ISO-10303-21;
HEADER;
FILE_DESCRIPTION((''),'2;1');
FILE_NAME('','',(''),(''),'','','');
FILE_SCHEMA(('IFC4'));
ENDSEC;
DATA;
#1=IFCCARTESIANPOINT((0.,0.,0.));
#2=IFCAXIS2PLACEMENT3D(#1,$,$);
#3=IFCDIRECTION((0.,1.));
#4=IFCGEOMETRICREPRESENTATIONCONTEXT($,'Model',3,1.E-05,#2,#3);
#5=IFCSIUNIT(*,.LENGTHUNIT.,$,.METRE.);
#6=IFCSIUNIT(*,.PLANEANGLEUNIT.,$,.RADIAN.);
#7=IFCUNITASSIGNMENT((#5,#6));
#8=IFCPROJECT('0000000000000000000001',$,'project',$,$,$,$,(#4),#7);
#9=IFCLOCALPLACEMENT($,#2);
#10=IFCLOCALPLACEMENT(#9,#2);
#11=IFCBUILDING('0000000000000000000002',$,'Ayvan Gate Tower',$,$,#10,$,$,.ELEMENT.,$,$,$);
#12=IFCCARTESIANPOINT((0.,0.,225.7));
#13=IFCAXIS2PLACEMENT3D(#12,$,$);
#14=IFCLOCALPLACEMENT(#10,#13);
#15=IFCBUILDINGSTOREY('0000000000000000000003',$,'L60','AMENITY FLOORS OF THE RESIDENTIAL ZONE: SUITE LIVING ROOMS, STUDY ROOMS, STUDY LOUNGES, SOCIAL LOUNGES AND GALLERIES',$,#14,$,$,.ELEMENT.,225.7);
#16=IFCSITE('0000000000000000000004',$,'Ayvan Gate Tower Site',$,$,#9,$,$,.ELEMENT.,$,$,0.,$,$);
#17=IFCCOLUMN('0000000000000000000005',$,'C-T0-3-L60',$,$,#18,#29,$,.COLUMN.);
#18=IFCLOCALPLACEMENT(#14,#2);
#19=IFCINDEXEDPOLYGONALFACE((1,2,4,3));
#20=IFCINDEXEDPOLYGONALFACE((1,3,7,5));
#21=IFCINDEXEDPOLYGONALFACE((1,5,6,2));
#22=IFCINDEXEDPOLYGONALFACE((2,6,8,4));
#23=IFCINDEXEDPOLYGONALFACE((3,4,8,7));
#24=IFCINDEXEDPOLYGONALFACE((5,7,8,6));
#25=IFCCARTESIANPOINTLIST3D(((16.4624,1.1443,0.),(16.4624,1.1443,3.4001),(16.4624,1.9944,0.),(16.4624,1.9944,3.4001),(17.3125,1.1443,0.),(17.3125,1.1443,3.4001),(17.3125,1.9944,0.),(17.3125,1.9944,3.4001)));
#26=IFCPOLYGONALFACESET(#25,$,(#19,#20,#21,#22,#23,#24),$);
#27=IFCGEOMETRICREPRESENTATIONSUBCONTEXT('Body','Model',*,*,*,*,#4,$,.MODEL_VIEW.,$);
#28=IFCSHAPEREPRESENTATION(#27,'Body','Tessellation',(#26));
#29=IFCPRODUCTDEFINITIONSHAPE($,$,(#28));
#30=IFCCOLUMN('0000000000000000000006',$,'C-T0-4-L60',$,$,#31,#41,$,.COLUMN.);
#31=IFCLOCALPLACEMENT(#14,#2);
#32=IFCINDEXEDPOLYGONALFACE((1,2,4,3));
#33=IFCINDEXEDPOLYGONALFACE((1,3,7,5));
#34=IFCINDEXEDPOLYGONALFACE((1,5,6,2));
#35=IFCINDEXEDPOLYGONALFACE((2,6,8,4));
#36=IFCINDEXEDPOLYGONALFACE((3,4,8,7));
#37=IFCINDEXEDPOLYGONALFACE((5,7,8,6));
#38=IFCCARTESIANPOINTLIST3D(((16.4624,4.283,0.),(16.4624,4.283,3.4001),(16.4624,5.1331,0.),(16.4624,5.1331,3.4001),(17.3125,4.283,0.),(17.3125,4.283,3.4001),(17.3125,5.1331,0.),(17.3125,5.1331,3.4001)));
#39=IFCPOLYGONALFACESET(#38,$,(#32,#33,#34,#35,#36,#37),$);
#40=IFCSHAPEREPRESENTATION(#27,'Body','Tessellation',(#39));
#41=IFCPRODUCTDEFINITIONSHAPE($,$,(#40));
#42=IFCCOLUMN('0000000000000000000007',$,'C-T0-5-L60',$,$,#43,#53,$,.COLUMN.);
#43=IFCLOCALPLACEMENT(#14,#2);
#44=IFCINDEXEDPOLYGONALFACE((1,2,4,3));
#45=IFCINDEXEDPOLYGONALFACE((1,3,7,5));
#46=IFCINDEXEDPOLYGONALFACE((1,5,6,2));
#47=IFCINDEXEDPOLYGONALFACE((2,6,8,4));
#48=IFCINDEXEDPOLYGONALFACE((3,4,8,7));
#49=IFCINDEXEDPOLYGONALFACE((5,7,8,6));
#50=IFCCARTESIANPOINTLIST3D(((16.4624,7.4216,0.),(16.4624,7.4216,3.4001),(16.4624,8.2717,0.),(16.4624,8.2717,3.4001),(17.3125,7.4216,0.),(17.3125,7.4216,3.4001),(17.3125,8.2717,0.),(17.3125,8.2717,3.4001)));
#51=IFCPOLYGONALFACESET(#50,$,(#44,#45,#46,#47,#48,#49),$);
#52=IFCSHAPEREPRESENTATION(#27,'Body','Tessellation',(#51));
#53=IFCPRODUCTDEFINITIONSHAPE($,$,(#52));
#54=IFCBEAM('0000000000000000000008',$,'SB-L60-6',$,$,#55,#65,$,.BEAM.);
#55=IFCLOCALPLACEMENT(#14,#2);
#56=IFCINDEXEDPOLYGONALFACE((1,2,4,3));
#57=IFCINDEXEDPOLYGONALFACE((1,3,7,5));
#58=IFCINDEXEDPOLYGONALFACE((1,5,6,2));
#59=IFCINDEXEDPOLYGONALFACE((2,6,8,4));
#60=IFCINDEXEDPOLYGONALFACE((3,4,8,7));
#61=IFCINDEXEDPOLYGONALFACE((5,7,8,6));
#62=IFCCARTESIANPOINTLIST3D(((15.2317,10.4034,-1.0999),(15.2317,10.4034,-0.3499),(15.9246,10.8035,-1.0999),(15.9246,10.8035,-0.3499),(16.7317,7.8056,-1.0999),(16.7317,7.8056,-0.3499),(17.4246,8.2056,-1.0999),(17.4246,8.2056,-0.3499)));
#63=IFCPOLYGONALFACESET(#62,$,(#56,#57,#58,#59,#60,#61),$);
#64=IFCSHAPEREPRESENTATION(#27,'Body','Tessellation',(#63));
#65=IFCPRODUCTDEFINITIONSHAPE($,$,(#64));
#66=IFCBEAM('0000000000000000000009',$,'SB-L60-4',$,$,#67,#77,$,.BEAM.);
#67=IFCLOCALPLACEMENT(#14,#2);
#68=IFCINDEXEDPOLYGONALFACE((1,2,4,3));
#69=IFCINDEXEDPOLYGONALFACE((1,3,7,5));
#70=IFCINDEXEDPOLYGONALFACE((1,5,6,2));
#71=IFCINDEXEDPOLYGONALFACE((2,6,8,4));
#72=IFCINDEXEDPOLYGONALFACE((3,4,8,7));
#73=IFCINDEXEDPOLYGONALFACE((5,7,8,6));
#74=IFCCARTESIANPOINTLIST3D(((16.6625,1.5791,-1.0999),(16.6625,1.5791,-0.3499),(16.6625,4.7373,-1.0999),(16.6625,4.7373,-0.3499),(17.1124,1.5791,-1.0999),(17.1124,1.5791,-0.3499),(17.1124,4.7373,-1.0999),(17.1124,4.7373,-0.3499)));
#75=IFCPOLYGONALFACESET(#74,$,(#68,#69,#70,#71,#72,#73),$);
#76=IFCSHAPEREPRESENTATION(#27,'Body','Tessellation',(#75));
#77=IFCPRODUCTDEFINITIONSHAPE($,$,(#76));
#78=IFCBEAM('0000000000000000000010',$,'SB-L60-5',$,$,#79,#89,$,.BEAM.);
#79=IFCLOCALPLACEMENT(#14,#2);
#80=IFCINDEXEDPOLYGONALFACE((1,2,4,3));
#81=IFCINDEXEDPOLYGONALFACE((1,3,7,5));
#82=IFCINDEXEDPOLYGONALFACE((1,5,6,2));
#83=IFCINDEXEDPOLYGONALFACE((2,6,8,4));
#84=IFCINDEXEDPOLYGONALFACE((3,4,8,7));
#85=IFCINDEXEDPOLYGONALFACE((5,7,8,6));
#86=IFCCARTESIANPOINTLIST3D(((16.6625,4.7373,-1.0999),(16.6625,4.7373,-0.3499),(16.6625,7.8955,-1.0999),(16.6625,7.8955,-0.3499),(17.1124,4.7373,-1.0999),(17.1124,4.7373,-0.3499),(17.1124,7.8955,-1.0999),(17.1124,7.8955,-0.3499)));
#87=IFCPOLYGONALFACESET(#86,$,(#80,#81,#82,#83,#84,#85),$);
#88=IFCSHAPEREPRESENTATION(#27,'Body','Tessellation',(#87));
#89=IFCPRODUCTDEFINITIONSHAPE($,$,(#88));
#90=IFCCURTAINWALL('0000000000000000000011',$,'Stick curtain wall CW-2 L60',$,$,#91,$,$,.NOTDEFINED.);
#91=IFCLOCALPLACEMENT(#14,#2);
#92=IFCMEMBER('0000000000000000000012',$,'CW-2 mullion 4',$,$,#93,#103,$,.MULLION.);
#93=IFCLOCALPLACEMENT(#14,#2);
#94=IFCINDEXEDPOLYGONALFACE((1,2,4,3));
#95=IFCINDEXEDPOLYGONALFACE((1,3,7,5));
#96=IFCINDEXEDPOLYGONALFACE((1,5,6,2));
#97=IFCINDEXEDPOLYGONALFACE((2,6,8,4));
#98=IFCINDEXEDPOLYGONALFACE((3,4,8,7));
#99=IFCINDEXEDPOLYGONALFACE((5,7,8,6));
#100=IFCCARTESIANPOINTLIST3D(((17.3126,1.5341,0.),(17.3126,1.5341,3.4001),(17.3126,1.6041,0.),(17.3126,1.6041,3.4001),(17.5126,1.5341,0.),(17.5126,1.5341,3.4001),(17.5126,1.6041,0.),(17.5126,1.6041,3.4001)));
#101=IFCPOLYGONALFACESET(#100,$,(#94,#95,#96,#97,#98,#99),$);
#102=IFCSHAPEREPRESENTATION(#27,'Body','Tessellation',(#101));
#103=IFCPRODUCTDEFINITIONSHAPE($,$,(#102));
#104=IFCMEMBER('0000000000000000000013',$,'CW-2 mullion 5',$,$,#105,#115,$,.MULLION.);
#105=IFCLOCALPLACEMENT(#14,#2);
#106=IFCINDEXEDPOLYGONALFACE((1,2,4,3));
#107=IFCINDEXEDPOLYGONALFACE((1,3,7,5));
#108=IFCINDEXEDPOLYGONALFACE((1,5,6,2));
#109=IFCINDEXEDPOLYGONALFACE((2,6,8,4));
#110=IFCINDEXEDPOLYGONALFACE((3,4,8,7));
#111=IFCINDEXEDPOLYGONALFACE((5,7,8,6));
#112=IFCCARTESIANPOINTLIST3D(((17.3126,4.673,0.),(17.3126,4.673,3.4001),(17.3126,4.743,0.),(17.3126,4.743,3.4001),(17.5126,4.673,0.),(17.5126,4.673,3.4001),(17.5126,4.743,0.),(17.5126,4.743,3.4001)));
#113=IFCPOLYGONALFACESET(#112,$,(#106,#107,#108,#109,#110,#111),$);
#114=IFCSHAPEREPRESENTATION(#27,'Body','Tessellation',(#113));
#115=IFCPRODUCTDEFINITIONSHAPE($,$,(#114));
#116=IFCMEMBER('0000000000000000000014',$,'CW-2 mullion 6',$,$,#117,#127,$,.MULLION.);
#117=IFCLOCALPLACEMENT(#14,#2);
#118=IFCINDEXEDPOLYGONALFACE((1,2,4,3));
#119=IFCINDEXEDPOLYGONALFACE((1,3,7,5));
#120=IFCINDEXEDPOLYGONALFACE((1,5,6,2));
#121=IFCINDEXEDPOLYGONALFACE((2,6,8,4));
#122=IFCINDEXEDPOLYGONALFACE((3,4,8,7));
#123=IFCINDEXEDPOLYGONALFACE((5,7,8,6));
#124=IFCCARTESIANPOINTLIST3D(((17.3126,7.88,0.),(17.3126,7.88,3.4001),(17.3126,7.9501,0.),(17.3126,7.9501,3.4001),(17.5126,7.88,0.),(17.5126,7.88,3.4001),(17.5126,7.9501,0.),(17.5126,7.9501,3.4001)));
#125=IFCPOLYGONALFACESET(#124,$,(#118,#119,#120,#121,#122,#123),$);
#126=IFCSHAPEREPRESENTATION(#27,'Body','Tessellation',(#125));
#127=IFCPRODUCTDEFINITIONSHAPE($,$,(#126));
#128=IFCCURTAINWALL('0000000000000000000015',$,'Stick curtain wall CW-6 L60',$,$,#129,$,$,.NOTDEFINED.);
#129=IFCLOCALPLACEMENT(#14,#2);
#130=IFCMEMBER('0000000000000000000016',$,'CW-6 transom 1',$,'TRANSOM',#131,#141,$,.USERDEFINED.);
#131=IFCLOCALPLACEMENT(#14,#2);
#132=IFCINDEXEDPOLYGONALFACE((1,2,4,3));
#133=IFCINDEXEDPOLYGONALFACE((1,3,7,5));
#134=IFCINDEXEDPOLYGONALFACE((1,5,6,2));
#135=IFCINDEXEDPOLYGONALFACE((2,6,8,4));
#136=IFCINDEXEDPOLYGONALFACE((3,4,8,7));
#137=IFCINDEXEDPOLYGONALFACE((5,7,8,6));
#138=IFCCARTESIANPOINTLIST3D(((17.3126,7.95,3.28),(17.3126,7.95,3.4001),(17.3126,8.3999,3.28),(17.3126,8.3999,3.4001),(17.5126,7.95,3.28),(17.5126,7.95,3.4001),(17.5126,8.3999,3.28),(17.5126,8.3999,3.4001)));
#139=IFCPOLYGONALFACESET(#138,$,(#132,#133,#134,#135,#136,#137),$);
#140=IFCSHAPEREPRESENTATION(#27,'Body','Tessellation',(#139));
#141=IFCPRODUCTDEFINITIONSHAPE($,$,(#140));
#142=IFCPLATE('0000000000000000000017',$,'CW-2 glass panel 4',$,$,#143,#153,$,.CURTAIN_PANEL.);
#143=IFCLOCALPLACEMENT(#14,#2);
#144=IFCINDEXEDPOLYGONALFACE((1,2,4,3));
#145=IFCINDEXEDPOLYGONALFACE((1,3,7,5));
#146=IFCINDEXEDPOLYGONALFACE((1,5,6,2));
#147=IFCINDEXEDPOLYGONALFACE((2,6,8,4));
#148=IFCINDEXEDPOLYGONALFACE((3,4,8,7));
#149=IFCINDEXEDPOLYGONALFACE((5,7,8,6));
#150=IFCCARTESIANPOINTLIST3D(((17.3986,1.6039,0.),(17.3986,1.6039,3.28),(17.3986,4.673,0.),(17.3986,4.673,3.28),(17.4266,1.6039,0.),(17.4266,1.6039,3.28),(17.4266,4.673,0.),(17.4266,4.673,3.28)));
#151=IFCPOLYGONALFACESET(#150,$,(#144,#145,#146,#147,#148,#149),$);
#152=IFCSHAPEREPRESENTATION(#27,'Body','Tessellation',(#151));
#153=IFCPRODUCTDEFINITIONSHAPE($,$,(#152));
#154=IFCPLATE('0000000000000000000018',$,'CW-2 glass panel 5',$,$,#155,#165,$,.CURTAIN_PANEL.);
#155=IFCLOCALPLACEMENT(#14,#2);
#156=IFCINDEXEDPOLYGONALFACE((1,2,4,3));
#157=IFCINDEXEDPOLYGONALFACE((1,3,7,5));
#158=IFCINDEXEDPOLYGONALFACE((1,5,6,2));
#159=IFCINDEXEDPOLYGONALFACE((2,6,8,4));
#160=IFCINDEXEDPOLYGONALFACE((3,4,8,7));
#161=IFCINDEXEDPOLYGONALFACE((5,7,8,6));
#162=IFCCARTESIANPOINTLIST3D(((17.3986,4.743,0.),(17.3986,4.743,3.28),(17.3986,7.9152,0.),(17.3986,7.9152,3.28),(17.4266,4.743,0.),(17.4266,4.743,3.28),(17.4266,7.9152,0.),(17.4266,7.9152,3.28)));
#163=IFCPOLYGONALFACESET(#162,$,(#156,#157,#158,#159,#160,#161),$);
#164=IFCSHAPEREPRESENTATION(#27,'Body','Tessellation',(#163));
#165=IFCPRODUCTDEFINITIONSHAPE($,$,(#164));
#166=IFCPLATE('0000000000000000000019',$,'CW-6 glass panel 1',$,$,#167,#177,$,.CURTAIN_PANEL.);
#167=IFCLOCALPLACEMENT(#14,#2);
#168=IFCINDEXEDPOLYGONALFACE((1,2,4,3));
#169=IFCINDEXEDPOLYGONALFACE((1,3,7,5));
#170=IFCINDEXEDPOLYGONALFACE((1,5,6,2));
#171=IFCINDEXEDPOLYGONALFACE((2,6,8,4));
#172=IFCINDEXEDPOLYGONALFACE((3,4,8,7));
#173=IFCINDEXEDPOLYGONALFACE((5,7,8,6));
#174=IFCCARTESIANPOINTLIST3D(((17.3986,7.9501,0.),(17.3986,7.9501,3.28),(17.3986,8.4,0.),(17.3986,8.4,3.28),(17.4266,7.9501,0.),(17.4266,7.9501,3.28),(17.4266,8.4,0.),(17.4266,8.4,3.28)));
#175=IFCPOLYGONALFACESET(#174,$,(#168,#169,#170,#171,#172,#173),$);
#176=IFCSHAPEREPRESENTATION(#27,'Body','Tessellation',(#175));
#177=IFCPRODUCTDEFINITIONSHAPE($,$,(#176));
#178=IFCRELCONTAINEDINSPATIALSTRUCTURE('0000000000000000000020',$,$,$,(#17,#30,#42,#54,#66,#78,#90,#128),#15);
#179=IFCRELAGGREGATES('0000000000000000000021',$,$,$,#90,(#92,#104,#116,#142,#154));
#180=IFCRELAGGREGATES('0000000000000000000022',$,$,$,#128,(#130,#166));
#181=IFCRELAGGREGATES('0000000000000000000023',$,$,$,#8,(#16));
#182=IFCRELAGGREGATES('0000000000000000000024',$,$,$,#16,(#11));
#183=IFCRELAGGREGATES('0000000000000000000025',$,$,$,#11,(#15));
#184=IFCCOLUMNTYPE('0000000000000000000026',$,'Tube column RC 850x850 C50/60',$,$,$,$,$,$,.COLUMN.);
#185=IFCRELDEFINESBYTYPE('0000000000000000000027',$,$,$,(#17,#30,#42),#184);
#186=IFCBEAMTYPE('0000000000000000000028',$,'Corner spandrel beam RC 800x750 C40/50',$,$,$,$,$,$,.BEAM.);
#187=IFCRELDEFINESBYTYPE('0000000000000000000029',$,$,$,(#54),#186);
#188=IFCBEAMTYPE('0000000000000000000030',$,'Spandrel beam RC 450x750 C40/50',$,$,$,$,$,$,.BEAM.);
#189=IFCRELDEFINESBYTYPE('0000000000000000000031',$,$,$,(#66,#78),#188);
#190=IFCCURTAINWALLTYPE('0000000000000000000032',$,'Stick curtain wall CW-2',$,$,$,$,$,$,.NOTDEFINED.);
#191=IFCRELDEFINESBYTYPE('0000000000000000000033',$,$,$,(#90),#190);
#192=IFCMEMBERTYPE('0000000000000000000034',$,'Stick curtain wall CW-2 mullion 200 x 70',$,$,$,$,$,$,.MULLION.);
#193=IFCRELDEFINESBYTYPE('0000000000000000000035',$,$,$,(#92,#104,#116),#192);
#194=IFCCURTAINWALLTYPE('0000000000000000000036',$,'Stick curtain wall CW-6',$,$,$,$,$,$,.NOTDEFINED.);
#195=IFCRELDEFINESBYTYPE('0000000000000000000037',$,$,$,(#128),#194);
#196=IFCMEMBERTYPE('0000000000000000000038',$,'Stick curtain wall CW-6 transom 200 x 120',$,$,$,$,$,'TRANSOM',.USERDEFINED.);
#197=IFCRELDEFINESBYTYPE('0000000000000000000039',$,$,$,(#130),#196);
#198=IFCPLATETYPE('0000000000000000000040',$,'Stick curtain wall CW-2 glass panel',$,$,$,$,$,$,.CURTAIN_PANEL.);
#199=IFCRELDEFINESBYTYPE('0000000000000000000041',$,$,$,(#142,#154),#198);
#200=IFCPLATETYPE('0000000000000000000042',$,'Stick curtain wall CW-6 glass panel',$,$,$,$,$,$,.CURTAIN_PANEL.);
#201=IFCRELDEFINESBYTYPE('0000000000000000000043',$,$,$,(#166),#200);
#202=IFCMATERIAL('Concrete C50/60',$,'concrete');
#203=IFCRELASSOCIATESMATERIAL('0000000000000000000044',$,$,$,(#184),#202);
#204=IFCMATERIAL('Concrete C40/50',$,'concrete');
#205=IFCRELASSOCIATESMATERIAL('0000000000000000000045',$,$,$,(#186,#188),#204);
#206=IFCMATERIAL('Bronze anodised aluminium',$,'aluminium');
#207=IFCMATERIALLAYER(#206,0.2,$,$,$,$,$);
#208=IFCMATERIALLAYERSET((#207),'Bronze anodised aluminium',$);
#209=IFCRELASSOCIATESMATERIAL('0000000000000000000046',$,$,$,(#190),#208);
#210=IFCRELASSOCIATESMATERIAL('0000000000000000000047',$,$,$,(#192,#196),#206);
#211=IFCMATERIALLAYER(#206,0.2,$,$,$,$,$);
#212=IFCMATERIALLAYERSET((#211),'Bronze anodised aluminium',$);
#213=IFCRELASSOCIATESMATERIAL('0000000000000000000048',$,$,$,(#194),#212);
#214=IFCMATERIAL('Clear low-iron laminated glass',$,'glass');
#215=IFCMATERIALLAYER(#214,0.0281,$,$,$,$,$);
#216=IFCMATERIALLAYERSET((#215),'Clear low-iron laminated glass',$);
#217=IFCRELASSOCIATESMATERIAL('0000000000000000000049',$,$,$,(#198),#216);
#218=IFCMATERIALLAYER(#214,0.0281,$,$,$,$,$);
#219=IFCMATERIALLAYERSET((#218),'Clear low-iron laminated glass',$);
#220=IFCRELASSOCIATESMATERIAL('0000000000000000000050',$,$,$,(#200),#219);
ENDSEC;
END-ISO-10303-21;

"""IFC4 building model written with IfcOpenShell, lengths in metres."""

from ifc_helpers import new_model, si_unit, direction, frame, origin, origin_2d, place, context, subcontext, project, spatial, rectangle, extrude, material, layer, layer_set, material_profile, profile_set, type_object, element, aggregate, save


model = new_model("IFC4")

# Units and contexts
model_context = context("Model", 3, precision=1e-05, world=origin(), true_north=direction((0.0, 1.0)))
body_context = subcontext(model_context, "Body", "Model", "MODEL_VIEW")
ifc_project = project(units=[si_unit("LENGTHUNIT", "METRE"), si_unit("PLANEANGLEUNIT", "RADIAN")], contexts=[model_context])

# Site, building, storey
site_placement = place(None, origin())
site = spatial("IfcSite", under=ifc_project, at=site_placement, Name="Ayvan Gate Tower Site", CompositionType="ELEMENT", RefElevation=0.0)
building_placement = place(site_placement, origin())
building = spatial("IfcBuilding", under=site, at=building_placement, Name="Ayvan Gate Tower", CompositionType="ELEMENT")
storey_placement = place(building_placement, frame((0.0, 0.0, 225.7)))
storey = spatial("IfcBuildingStorey", under=building, at=storey_placement, Name="L60", Description="AMENITY FLOORS OF THE RESIDENTIAL ZONE: SUITE LIVING ROOMS, STUDY ROOMS, STUDY LOUNGES, SOCIAL LOUNGES AND GALLERIES", CompositionType="ELEMENT", Elevation=225.7)

# Columns
ifc_material_1 = material(Name="Concrete C50/60", Category="concrete")
ifc_material_profile_1 = material_profile(ifc_material_1, rectangle(XDim=0.8501, YDim=0.8501, at=origin_2d()), Name="RC 850x850")
ifc_profile_set_1 = profile_set([ifc_material_profile_1], Name="Concrete C50/60")
column_type = type_object("IfcColumnType", Name="Tube column RC 850x850 C50/60", PredefinedType="COLUMN", material=ifc_profile_set_1)
for number, where, z_axis, x_axis, name in (
    (1, (16.8875, 1.5693, 0.0), (0.0, 0.0, 1.0), (1.0, 0.0, 0.0), "C-T0-3-L60"),
    (2, (16.8875, 4.708, 0.0), (0.0, 0.0, 1.0), (1.0, 0.0, 0.0), "C-T0-4-L60"),
    (3, (16.8875, 7.8467, 0.0), (0.0, 0.0, 1.0), (1.0, 0.0, 0.0), "C-T0-5-L60"),
):
    element("IfcColumn", number, at=place(storey_placement, frame(where, z_axis=z_axis, x_axis=x_axis)), inside=storey, type_object=column_type, Name=name, PredefinedType="COLUMN", context=body_context, shape_type="SweptSolid", body=[
        extrude(rectangle(XDim=0.8501, YDim=0.8501, at=origin_2d()), origin(), (0.0, 0.0, 1.0), 3.4001),
    ])

# Beams
ifc_material_2 = material(Name="Concrete C40/50", Category="concrete")
ifc_material_profile_2 = material_profile(ifc_material_2, rectangle(XDim=0.8, YDim=0.75, at=origin_2d()), Name="RC 800x750")
ifc_profile_set_2 = profile_set([ifc_material_profile_2], Name="Concrete C40/50")
beam_type_1 = type_object("IfcBeamType", Name="Corner spandrel beam RC 800x750 C40/50", PredefinedType="BEAM", material=ifc_profile_set_2)
beam_placement = place(storey_placement, frame((17.0781, 8.0056, -0.7249), z_axis=(-0.500025, 0.866011, 0.0), x_axis=(-0.866011, -0.500025, 0.0)))
element("IfcBeam", 4, at=beam_placement, inside=storey, type_object=beam_type_1, Name="SB-L60-6", PredefinedType="BEAM", context=body_context, shape_type="SweptSolid", body=[
    extrude(rectangle(XDim=0.8, YDim=0.75, at=origin_2d()), origin(), (0.0, 0.0, 1.0), 2.9998),
])
ifc_material_profile_3 = material_profile(ifc_material_2, rectangle(XDim=0.45, YDim=0.75, at=origin_2d()), Name="RC 450x750")
ifc_profile_set_3 = profile_set([ifc_material_profile_3], Name="Concrete C40/50")
beam_type_2 = type_object("IfcBeamType", Name="Spandrel beam RC 450x750 C40/50", PredefinedType="BEAM", material=ifc_profile_set_3)
for number, where, z_axis, x_axis, name in (
    (5, (16.8875, 1.5791, -0.7249), (0.0, 1.0, 0.0), (-1.0, 0.0, 0.0), "SB-L60-4"),
    (6, (16.8875, 4.7373, -0.7249), (0.0, 1.0, 0.0), (-1.0, 0.0, 0.0), "SB-L60-5"),
):
    element("IfcBeam", number, at=place(storey_placement, frame(where, z_axis=z_axis, x_axis=x_axis)), inside=storey, type_object=beam_type_2, Name=name, PredefinedType="BEAM", context=body_context, shape_type="SweptSolid", body=[
        extrude(rectangle(XDim=0.45, YDim=0.75, at=origin_2d()), origin(), (0.0, 0.0, 1.0), 3.1582),
    ])

# Curtain wall, members
ifc_material_3 = material(Name="Bronze anodised aluminium", Category="aluminium")
ifc_layer_1 = layer(ifc_material_3, 0.2)
ifc_layer_set_1 = layer_set([ifc_layer_1], Name="Bronze anodised aluminium")
curtain_wall_type_1 = type_object("IfcCurtainWallType", Name="Stick curtain wall CW-2", PredefinedType="NOTDEFINED", material=ifc_layer_set_1)
curtain_wall_1_placement = place(storey_placement, origin())
curtain_wall_1 = element("IfcCurtainWall", 7, at=curtain_wall_1_placement, inside=storey, type_object=curtain_wall_type_1, Name="Stick curtain wall CW-2 L60", PredefinedType="NOTDEFINED")
ifc_material_profile_4 = material_profile(ifc_material_3, rectangle(XDim=0.2, YDim=0.0701, at=origin_2d()), Name="Stick curtain wall CW-2 mullion 200 x 70")
ifc_profile_set_4 = profile_set([ifc_material_profile_4], Name="Bronze anodised aluminium")
member_type_1 = type_object("IfcMemberType", Name="Stick curtain wall CW-2 mullion 200 x 70", PredefinedType="MULLION", material=ifc_profile_set_4)
member_1_placement = place(storey_placement, frame((17.4126, 1.5691, 0.0), z_axis=(0.0, 0.0, 1.0), x_axis=(1.0, 0.0, 0.0)))
member_1 = element("IfcMember", 8, at=member_1_placement, type_object=member_type_1, Name="CW-2 mullion 4", PredefinedType="MULLION", context=body_context, shape_type="SweptSolid", body=[
    extrude(rectangle(XDim=0.2, YDim=0.0701, at=origin_2d()), origin(), (0.0, 0.0, 1.0), 3.4001),
])
member_2_placement = place(storey_placement, frame((17.4126, 4.708, 0.0), z_axis=(0.0, 0.0, 1.0), x_axis=(1.0, 0.0, 0.0)))
member_2 = element("IfcMember", 9, at=member_2_placement, type_object=member_type_1, Name="CW-2 mullion 5", PredefinedType="MULLION", context=body_context, shape_type="SweptSolid", body=[
    extrude(rectangle(XDim=0.2, YDim=0.0701, at=origin_2d()), origin(), (0.0, 0.0, 1.0), 3.4001),
])
member_3_placement = place(storey_placement, frame((17.4126, 7.915, 0.0), z_axis=(0.0, 0.0, 1.0), x_axis=(1.0, 0.0, 0.0)))
member_3 = element("IfcMember", 10, at=member_3_placement, type_object=member_type_1, Name="CW-2 mullion 6", PredefinedType="MULLION", context=body_context, shape_type="SweptSolid", body=[
    extrude(rectangle(XDim=0.2, YDim=0.0701, at=origin_2d()), origin(), (0.0, 0.0, 1.0), 3.4001),
])

# Curtain wall, member
ifc_layer_2 = layer(ifc_material_3, 0.2)
ifc_layer_set_2 = layer_set([ifc_layer_2], Name="Bronze anodised aluminium")
curtain_wall_type_2 = type_object("IfcCurtainWallType", Name="Stick curtain wall CW-6", PredefinedType="NOTDEFINED", material=ifc_layer_set_2)
curtain_wall_2_placement = place(storey_placement, origin())
curtain_wall_2 = element("IfcCurtainWall", 11, at=curtain_wall_2_placement, inside=storey, type_object=curtain_wall_type_2, Name="Stick curtain wall CW-6 L60", PredefinedType="NOTDEFINED")
ifc_material_profile_5 = material_profile(ifc_material_3, rectangle(XDim=0.2, YDim=0.1201, at=origin_2d()), Name="Stick curtain wall CW-6 transom 200 x 120")
ifc_profile_set_5 = profile_set([ifc_material_profile_5], Name="Bronze anodised aluminium")
member_type_2 = type_object("IfcMemberType", Name="Stick curtain wall CW-6 transom 200 x 120", ElementType="TRANSOM", PredefinedType="USERDEFINED", material=ifc_profile_set_5)
member_4_placement = place(storey_placement, frame((17.4126, 7.95, 3.3401), z_axis=(0.0, 1.0, 0.0), x_axis=(-1.0, 0.0, 0.0)))
member_4 = element("IfcMember", 12, at=member_4_placement, type_object=member_type_2, Name="CW-6 transom 1", ObjectType="TRANSOM", PredefinedType="USERDEFINED", context=body_context, shape_type="SweptSolid", body=[
    extrude(rectangle(XDim=0.2, YDim=0.1201, at=origin_2d()), origin(), (0.0, 0.0, 1.0), 0.45),
])

# Plates
ifc_material_4 = material(Name="Clear low-iron laminated glass", Category="glass")
ifc_layer_3 = layer(ifc_material_4, 0.0281)
ifc_layer_set_3 = layer_set([ifc_layer_3], Name="Clear low-iron laminated glass")
plate_type_1 = type_object("IfcPlateType", Name="Stick curtain wall CW-2 glass panel", PredefinedType="CURTAIN_PANEL", material=ifc_layer_set_3)
plate_1_placement = place(storey_placement, frame((17.4126, 3.1384, 0.0), z_axis=(0.0, 0.0, 1.0), x_axis=(0.0, 1.0, 0.0)))
plate_1 = element("IfcPlate", 13, at=plate_1_placement, type_object=plate_type_1, Name="CW-2 glass panel 4", PredefinedType="CURTAIN_PANEL", context=body_context, shape_type="SweptSolid", body=[
    extrude(rectangle(XDim=3.0691, YDim=0.0281, at=origin_2d()), origin(), (0.0, 0.0, 1.0), 3.28),
])
plate_2_placement = place(storey_placement, frame((17.4126, 6.3291, 0.0), z_axis=(0.0, 0.0, 1.0), x_axis=(0.0, 1.0, 0.0)))
plate_2 = element("IfcPlate", 14, at=plate_2_placement, type_object=plate_type_1, Name="CW-2 glass panel 5", PredefinedType="CURTAIN_PANEL", context=body_context, shape_type="SweptSolid", body=[
    extrude(rectangle(XDim=3.1721, YDim=0.0281, at=origin_2d()), origin(), (0.0, 0.0, 1.0), 3.28),
])
aggregate(curtain_wall_1, [member_1, member_2, member_3, plate_1, plate_2])
ifc_layer_4 = layer(ifc_material_4, 0.0281)
ifc_layer_set_4 = layer_set([ifc_layer_4], Name="Clear low-iron laminated glass")
plate_type_2 = type_object("IfcPlateType", Name="Stick curtain wall CW-6 glass panel", PredefinedType="CURTAIN_PANEL", material=ifc_layer_set_4)
plate_3_placement = place(storey_placement, frame((17.4126, 8.175, 0.0), z_axis=(0.0, 0.0, 1.0), x_axis=(0.0, 1.0, 0.0)))
plate_3 = element("IfcPlate", 15, at=plate_3_placement, type_object=plate_type_2, Name="CW-6 glass panel 1", PredefinedType="CURTAIN_PANEL", context=body_context, shape_type="SweptSolid", body=[
    extrude(rectangle(XDim=0.45, YDim=0.0281, at=origin_2d()), origin(), (0.0, 0.0, 1.0), 3.28),
])
aggregate(curtain_wall_2, [member_4, plate_3])

save(model, "model.ifc")
